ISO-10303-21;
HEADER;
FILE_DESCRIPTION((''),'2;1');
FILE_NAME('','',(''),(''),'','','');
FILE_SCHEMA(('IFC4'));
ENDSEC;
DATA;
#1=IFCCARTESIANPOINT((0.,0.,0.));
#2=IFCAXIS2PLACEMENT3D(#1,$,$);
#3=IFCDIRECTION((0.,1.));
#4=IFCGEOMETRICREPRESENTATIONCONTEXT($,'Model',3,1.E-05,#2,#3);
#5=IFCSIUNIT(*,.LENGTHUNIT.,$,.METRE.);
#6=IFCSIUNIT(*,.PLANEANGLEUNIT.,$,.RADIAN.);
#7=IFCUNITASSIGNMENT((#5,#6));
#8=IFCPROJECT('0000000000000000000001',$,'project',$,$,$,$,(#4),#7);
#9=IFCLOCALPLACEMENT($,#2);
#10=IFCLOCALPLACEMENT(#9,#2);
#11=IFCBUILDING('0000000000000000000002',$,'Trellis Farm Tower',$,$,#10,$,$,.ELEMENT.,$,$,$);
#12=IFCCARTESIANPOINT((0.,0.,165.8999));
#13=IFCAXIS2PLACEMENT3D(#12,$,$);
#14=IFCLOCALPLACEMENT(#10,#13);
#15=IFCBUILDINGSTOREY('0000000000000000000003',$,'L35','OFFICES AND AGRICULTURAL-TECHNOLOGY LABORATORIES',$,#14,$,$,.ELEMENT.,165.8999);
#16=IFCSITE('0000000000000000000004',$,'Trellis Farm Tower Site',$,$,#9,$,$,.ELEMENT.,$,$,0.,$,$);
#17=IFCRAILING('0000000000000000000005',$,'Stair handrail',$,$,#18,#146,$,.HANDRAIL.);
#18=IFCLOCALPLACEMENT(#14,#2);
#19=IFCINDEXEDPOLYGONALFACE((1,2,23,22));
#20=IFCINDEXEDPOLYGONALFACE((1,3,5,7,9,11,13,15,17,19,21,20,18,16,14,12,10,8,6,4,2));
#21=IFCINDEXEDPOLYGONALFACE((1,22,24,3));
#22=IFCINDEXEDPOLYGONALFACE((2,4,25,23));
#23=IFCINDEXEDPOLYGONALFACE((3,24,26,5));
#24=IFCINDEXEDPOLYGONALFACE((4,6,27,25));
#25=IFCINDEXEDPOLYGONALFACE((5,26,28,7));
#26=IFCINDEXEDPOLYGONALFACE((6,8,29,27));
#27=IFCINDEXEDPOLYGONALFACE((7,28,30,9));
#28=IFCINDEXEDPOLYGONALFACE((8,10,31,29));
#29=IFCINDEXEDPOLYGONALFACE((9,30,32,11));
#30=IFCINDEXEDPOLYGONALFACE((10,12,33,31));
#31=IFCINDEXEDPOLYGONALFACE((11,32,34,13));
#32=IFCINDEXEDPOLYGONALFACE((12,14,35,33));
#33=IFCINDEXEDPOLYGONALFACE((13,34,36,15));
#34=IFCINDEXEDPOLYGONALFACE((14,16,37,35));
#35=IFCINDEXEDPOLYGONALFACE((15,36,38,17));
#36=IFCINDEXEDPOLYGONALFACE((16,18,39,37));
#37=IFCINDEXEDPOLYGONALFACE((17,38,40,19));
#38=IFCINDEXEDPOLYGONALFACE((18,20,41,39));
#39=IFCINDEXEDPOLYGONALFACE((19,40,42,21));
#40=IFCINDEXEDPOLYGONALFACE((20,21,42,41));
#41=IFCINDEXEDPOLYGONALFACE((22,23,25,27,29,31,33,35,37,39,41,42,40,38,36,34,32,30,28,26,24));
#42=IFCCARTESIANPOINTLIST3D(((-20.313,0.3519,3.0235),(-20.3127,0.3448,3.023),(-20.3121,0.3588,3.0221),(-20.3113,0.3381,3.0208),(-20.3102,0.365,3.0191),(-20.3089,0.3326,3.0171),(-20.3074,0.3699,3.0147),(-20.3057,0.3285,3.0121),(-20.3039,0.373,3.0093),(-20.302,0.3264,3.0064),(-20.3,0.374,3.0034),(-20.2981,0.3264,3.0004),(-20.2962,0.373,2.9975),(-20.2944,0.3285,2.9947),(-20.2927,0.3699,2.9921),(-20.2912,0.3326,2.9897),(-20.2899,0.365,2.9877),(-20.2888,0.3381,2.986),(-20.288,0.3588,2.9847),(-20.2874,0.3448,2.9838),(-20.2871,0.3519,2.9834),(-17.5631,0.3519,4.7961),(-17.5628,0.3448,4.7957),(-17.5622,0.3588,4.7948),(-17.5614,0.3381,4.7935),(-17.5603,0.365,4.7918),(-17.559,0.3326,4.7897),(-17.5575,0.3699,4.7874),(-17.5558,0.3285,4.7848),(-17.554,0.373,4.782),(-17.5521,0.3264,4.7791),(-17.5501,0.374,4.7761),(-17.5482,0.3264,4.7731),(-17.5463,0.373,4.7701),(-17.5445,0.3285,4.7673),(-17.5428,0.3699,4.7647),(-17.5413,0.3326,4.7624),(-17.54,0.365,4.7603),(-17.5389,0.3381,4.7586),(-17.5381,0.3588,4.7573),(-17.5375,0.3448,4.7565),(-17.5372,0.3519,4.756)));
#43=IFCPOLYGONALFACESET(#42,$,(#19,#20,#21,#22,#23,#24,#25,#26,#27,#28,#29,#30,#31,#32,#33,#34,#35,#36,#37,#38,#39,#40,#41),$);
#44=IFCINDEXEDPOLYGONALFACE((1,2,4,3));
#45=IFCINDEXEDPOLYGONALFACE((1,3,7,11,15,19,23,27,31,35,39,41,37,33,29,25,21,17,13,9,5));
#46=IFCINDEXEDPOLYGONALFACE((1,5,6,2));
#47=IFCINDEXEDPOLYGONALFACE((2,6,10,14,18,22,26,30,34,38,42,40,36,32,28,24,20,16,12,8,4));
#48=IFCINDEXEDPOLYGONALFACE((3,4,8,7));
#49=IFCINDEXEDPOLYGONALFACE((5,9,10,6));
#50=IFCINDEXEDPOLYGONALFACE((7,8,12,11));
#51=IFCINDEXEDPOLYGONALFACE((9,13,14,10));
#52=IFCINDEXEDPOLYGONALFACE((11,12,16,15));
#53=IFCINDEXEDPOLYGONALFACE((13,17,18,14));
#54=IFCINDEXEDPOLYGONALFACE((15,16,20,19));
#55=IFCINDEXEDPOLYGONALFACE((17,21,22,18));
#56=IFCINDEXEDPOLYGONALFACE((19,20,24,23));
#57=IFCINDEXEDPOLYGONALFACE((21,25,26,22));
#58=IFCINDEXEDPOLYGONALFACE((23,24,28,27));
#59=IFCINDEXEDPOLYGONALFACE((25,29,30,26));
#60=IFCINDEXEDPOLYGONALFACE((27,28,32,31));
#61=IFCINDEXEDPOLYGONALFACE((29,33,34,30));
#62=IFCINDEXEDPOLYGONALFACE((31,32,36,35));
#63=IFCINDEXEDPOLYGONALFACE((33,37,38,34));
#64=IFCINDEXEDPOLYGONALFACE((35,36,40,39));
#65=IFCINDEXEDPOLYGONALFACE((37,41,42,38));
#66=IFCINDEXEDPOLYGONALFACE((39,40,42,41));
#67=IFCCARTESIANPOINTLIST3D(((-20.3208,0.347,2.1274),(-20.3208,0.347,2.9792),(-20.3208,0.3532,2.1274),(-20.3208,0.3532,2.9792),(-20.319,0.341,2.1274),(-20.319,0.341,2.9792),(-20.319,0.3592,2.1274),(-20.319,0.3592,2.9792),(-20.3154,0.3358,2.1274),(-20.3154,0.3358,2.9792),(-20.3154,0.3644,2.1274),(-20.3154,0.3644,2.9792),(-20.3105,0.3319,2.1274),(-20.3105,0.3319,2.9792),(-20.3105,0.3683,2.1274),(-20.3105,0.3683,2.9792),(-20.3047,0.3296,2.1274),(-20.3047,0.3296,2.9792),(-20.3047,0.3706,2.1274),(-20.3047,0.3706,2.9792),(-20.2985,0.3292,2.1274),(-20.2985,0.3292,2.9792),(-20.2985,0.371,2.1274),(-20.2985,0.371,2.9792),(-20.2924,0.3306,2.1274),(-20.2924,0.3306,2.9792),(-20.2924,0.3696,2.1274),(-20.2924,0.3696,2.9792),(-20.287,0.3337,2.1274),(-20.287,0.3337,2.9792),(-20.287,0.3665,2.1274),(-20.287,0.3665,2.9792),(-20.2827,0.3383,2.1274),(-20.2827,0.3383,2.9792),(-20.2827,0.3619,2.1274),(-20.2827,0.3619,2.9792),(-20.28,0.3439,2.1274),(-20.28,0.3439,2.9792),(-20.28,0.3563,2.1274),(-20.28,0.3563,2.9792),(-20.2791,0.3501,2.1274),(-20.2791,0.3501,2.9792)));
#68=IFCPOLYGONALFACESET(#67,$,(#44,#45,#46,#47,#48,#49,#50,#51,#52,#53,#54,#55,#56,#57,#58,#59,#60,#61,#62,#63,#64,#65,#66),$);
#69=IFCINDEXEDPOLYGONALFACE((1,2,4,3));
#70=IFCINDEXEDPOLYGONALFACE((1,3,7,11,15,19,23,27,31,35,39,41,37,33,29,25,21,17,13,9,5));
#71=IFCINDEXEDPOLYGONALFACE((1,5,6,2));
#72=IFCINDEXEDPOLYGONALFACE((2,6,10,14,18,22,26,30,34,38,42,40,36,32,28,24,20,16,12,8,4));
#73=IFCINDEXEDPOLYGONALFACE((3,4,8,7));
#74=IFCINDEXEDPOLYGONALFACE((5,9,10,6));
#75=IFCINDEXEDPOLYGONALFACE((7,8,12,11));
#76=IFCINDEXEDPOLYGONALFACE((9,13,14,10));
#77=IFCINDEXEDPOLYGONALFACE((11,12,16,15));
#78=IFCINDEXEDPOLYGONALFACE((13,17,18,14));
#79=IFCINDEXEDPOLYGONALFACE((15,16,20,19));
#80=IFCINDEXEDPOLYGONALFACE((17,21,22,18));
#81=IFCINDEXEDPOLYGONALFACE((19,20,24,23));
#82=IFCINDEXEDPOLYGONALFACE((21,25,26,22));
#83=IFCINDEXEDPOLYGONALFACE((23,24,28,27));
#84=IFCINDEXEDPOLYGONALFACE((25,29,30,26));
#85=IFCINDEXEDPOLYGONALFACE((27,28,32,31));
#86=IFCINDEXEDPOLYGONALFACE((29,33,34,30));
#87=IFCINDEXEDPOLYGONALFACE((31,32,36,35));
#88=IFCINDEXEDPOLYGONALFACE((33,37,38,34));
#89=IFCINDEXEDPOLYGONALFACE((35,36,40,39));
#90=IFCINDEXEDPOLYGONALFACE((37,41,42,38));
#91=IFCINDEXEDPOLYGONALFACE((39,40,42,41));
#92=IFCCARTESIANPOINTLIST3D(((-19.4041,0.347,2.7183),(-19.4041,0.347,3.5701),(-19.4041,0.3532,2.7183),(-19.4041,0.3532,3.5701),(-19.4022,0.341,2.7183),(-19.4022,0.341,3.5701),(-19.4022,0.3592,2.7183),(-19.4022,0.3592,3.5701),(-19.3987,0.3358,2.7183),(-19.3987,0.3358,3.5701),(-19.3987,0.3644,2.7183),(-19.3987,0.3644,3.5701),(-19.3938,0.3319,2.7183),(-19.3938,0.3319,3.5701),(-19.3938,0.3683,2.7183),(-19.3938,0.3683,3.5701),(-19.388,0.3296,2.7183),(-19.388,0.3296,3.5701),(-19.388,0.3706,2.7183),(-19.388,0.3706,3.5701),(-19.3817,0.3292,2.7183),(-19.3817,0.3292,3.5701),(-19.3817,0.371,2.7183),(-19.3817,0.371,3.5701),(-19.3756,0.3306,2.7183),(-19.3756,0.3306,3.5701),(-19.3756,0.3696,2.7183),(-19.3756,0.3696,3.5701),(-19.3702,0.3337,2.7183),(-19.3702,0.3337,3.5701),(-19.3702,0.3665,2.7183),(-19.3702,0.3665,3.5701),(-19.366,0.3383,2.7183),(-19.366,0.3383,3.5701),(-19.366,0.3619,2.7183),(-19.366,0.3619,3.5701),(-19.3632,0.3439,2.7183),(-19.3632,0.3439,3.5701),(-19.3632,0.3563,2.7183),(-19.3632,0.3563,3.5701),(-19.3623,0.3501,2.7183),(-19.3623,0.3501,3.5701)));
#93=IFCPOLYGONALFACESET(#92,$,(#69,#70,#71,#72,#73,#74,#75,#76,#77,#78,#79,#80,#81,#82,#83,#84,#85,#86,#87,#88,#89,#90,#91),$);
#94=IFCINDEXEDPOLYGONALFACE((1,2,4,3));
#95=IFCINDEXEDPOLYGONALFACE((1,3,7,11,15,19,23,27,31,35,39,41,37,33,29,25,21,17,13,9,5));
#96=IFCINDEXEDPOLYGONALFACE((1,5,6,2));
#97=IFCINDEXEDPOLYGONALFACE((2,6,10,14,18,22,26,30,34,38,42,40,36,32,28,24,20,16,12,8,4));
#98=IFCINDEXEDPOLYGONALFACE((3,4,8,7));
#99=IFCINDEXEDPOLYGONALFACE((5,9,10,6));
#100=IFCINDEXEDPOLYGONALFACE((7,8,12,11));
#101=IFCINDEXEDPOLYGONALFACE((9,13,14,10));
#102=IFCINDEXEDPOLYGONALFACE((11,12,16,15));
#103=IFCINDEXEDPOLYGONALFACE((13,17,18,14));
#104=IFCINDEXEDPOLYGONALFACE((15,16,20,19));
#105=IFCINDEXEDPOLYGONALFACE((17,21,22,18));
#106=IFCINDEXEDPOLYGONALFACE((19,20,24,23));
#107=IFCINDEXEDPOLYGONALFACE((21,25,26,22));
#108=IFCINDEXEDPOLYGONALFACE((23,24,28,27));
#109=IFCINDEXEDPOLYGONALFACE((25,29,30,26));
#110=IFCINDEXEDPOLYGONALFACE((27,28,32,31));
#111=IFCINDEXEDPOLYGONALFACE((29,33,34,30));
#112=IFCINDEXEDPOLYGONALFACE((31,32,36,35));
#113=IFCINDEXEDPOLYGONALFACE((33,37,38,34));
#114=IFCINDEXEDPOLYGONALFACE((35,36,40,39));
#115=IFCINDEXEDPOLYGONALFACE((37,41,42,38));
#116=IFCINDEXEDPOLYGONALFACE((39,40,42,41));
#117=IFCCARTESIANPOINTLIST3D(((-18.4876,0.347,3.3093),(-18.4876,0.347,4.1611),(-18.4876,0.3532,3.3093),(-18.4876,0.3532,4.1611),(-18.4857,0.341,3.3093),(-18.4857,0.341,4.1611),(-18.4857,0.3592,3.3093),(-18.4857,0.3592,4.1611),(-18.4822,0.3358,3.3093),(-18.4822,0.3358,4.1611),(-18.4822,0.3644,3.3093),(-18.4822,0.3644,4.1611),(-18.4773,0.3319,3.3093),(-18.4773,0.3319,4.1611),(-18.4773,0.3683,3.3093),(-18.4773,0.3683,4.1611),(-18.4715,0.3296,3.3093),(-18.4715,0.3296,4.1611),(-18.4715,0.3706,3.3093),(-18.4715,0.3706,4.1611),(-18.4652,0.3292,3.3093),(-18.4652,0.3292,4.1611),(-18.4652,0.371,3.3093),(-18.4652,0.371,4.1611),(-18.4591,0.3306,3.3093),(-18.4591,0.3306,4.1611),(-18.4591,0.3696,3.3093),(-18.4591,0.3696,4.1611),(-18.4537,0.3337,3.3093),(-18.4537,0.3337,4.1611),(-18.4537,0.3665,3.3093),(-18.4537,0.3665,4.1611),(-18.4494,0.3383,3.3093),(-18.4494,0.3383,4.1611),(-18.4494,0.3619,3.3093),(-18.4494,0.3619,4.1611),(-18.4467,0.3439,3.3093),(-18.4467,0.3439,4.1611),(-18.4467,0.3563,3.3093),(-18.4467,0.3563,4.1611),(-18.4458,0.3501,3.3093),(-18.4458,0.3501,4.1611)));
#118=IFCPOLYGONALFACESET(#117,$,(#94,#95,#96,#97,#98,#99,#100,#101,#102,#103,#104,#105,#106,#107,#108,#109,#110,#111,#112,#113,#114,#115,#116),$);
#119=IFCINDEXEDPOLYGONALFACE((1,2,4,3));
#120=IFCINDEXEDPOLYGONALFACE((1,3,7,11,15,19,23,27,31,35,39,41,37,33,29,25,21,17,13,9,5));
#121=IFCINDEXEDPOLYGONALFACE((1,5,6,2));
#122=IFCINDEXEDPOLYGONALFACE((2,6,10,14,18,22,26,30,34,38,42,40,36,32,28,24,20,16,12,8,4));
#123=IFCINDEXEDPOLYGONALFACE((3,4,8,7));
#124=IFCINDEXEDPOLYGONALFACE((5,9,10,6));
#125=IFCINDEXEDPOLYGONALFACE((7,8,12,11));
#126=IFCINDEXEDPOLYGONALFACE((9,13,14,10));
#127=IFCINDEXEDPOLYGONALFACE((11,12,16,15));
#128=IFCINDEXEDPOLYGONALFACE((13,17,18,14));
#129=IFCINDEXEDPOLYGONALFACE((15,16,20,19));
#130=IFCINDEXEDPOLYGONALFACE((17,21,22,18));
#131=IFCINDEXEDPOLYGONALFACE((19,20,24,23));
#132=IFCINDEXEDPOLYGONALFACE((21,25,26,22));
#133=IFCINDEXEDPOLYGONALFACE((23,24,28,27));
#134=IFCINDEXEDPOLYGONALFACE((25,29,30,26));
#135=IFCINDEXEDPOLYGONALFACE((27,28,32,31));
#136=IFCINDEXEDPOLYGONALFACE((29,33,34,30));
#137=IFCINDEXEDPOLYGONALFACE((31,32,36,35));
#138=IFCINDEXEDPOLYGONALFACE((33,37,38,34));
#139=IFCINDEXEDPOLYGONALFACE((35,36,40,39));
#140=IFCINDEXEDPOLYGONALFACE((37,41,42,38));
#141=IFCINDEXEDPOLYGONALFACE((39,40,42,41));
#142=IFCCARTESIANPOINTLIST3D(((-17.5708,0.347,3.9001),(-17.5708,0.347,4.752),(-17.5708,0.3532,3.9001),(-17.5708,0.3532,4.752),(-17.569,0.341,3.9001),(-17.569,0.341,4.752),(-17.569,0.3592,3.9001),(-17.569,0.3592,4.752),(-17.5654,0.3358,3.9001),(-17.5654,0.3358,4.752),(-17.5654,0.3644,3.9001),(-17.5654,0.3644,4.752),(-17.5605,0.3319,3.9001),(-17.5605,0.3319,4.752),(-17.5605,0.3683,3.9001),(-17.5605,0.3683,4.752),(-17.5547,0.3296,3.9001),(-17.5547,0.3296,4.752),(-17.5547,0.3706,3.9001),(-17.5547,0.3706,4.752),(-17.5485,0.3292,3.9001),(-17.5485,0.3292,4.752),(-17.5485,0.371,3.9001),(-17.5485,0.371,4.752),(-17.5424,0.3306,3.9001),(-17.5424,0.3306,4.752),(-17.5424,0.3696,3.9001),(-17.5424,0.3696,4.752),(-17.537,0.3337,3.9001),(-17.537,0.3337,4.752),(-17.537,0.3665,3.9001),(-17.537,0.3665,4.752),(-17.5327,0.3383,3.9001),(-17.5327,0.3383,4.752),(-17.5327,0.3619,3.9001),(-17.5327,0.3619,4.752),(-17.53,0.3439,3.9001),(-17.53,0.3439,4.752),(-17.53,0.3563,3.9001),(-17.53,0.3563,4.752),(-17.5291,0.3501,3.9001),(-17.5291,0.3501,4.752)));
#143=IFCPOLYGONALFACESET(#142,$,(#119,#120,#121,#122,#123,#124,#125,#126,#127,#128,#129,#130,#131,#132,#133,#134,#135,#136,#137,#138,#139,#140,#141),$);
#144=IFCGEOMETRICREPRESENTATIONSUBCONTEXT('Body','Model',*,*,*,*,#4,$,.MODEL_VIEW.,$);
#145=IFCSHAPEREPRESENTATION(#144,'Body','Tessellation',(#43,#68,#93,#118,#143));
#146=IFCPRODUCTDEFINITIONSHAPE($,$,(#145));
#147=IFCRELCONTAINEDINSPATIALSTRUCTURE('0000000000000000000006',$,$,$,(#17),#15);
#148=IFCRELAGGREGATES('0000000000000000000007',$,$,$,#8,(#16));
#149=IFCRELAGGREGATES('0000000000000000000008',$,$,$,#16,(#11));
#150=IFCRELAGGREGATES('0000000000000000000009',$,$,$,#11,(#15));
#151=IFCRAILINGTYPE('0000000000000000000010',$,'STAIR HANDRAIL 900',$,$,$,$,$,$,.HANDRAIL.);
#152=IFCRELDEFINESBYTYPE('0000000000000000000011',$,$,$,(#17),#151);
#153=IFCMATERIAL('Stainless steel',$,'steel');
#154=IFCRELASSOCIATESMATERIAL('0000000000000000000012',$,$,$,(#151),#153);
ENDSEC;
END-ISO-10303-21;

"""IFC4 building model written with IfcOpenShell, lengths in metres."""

from ifc_helpers import new_model, si_unit, direction, frame, origin, origin_2d, place, context, subcontext, project, spatial, circle, extrude, source, transform, mapped, material, type_object, element, save


model = new_model("IFC4")

# Units and contexts
model_context = context("Model", 3, precision=1e-05, world=origin(), true_north=direction((0.0, 1.0)))
body_context = subcontext(model_context, "Body", "Model", "MODEL_VIEW")
ifc_project = project(units=[si_unit("LENGTHUNIT", "METRE"), si_unit("PLANEANGLEUNIT", "RADIAN")], contexts=[model_context])

# Site, building, storey
site_placement = place(None, origin())
site = spatial("IfcSite", under=ifc_project, at=site_placement, Name="Trellis Farm Tower Site", CompositionType="ELEMENT", RefElevation=0.0)
building_placement = place(site_placement, origin())
building = spatial("IfcBuilding", under=site, at=building_placement, Name="Trellis Farm Tower", CompositionType="ELEMENT")
storey_placement = place(building_placement, frame((0.0, 0.0, 165.8999)))
storey = spatial("IfcBuildingStorey", under=building, at=storey_placement, Name="L35", Description="OFFICES AND AGRICULTURAL-TECHNOLOGY LABORATORIES", CompositionType="ELEMENT", Elevation=165.8999)

# Railing
ifc_material_1 = material(Name="Stainless steel", Category="steel")
railing_type = type_object("IfcRailingType", Name="STAIR HANDRAIL 900", PredefinedType="HANDRAIL", material=ifc_material_1)
shared_shape_1 = source(origin(), body_context, "Body", "SweptSolid", [
    extrude(circle(Radius=0.0239, at=origin_2d()), frame((0.0, 0.0, 0.876), z_axis=(0.840504, 0.0, 0.541806), x_axis=(0.0, 1.0, 0.0)), (0.0, 0.0, 1.0), 3.2717),
    extrude(circle(Radius=0.021, at=origin_2d()), origin(), (0.0, 0.0, 1.0), 0.8518),
    extrude(circle(Radius=0.021, at=origin_2d()), frame((0.9167, 0.0, 0.5908)), (0.0, 0.0, 1.0), 0.8518),
    extrude(circle(Radius=0.021, at=origin_2d()), frame((1.8333, 0.0, 1.1819)), (0.0, 0.0, 1.0), 0.8518),
    extrude(circle(Radius=0.021, at=origin_2d()), frame((2.75, 0.0, 1.7727)), (0.0, 0.0, 1.0), 0.8518),
])
for number, where, name in (
    (1, (-20.3, 0.3501, 2.1274), "Stair handrail"),
):
    element("IfcRailing", number, at=place(storey_placement, frame(where)), inside=storey, type_object=railing_type, Name=name, PredefinedType="HANDRAIL", context=body_context, shape_type="MappedRepresentation", body=[
        mapped(shared_shape_1, transform((0.0, 0.0, 0.0))),
    ])

save(model, "model.ifc")
